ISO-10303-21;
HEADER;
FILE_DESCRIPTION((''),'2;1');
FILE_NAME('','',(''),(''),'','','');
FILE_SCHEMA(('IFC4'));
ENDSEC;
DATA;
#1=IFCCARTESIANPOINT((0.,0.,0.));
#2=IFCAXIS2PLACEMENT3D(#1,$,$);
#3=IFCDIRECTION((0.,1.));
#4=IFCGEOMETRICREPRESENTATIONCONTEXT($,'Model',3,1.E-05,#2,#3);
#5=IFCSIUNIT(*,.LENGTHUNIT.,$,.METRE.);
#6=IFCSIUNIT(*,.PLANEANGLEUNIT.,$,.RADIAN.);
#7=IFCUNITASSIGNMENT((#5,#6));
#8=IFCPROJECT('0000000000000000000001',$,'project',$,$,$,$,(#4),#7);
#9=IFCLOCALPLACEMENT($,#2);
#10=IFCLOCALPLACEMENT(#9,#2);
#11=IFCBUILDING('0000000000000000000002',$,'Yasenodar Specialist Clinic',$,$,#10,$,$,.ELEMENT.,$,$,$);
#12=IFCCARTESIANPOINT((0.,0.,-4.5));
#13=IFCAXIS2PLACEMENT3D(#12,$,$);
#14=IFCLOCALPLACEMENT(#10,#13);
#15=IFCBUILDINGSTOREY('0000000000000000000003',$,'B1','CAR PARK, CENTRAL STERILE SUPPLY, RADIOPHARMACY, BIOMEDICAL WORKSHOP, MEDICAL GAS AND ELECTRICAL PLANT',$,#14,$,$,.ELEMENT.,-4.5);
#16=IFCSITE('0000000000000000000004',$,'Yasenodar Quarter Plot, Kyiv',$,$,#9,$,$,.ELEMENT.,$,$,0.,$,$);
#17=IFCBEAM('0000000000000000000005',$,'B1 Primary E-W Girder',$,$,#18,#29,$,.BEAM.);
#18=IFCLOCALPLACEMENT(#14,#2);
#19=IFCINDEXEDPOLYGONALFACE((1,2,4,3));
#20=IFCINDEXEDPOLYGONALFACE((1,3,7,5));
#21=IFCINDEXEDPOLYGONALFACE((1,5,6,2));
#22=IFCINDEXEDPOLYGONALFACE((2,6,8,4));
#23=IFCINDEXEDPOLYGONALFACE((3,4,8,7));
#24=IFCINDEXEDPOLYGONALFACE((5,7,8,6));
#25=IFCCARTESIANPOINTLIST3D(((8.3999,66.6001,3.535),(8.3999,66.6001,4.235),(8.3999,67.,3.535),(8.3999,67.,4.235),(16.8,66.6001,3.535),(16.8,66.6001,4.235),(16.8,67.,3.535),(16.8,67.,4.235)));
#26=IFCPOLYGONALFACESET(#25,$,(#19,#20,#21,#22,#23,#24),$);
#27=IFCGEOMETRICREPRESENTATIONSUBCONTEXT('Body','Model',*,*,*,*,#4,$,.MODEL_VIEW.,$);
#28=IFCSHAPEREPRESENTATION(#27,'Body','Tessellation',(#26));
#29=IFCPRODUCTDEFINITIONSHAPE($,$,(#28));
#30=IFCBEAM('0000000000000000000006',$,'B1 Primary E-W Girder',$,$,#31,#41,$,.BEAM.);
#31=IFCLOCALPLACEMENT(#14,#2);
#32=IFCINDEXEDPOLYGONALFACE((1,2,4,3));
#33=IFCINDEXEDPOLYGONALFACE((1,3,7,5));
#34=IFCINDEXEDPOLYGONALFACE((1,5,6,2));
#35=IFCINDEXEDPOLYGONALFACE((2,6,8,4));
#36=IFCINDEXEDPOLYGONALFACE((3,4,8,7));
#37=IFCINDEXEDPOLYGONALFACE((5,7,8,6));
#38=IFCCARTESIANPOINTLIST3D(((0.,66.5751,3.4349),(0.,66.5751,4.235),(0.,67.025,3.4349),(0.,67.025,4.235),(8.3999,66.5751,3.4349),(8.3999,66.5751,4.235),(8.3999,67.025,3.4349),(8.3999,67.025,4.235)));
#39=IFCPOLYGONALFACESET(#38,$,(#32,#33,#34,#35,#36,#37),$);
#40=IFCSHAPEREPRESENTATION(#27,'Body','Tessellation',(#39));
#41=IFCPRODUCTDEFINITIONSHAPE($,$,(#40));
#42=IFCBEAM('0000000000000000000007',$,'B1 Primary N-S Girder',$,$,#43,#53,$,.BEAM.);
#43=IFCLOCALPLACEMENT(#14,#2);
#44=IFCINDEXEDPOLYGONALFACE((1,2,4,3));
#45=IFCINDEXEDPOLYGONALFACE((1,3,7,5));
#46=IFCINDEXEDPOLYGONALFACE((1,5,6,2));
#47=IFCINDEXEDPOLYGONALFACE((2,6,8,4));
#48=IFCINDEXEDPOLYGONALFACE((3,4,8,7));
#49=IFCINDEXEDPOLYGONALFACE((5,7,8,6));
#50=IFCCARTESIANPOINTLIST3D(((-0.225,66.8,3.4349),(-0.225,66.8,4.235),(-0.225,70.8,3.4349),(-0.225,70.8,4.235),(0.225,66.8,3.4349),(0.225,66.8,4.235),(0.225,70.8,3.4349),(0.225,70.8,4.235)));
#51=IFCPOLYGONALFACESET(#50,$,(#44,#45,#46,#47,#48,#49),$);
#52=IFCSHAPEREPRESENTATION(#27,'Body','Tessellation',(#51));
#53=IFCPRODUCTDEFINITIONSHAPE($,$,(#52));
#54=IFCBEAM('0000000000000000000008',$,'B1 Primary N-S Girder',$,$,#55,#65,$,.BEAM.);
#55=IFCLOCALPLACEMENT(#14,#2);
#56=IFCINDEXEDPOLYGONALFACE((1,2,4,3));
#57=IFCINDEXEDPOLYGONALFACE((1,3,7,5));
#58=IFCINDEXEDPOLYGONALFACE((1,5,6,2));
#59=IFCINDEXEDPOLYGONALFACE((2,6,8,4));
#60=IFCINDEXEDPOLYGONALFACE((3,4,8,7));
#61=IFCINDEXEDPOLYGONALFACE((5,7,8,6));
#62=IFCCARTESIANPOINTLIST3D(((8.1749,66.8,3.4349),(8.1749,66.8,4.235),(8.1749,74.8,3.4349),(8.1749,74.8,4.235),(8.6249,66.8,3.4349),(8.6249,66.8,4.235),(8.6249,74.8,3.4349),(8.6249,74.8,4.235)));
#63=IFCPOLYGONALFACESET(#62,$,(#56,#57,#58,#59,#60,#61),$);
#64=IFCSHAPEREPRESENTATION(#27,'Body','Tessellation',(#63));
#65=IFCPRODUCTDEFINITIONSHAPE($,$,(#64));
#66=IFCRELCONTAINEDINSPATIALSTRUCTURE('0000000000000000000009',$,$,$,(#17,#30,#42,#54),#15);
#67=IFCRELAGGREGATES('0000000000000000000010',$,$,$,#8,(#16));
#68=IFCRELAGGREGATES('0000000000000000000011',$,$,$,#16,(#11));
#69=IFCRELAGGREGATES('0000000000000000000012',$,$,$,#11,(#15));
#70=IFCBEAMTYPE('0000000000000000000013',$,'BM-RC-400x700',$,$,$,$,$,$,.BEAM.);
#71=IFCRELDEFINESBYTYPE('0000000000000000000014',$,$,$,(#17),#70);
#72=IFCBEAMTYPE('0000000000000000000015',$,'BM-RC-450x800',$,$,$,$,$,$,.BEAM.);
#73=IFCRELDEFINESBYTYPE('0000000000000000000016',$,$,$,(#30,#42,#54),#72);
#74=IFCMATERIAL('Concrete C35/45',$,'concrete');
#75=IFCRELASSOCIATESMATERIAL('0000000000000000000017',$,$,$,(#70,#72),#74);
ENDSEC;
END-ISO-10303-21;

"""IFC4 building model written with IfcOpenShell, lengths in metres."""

from ifc_helpers import new_model, si_unit, direction, frame, origin, origin_2d, place, context, subcontext, project, spatial, rectangle, extrude, material, material_profile, profile_set, type_object, element, save


model = new_model("IFC4")

# Units and contexts
model_context = context("Model", 3, precision=1e-05, world=origin(), true_north=direction((0.0, 1.0)))
body_context = subcontext(model_context, "Body", "Model", "MODEL_VIEW")
ifc_project = project(units=[si_unit("LENGTHUNIT", "METRE"), si_unit("PLANEANGLEUNIT", "RADIAN")], contexts=[model_context])

# Site, building, storey
site_placement = place(None, origin())
site = spatial("IfcSite", under=ifc_project, at=site_placement, Name="Yasenodar Quarter Plot, Kyiv", CompositionType="ELEMENT", RefElevation=0.0)
building_placement = place(site_placement, origin())
building = spatial("IfcBuilding", under=site, at=building_placement, Name="Yasenodar Specialist Clinic", CompositionType="ELEMENT")
storey_placement = place(building_placement, frame((0.0, 0.0, -4.5)))
storey = spatial("IfcBuildingStorey", under=building, at=storey_placement, Name="B1", Description="CAR PARK, CENTRAL STERILE SUPPLY, RADIOPHARMACY, BIOMEDICAL WORKSHOP, MEDICAL GAS AND ELECTRICAL PLANT", CompositionType="ELEMENT", Elevation=-4.5)

# Shared definitions
ifc_material_1 = material(Name="Concrete C35/45", Category="concrete")

# Beams
ifc_material_profile_1 = material_profile(ifc_material_1, rectangle(XDim=0.3999, YDim=0.7, at=origin_2d()), Name="RC 400x700")
ifc_profile_set_1 = profile_set([ifc_material_profile_1], Name="Concrete C35/45")
beam_type_1 = type_object("IfcBeamType", Name="BM-RC-400x700", PredefinedType="BEAM", material=ifc_profile_set_1)
beam_1_placement = place(storey_placement, frame((8.3999, 66.8, 3.885), z_axis=(1.0, 0.0, 0.0), x_axis=(0.0, 1.0, 0.0)))
element("IfcBeam", 1, at=beam_1_placement, inside=storey, type_object=beam_type_1, Name="B1 Primary E-W Girder", PredefinedType="BEAM", context=body_context, shape_type="SweptSolid", body=[
    extrude(rectangle(XDim=0.3999, YDim=0.7, at=origin_2d()), origin(), (0.0, 0.0, 1.0), 8.4001),
])
ifc_material_profile_2 = material_profile(ifc_material_1, rectangle(XDim=0.45, YDim=0.8, at=origin_2d()), Name="RC 450x800")
ifc_profile_set_2 = profile_set([ifc_material_profile_2], Name="Concrete C35/45")
beam_type_2 = type_object("IfcBeamType", Name="BM-RC-450x800", PredefinedType="BEAM", material=ifc_profile_set_2)
beam_2_placement = place(storey_placement, frame((0.0, 66.8, 3.835), z_axis=(1.0, 0.0, 0.0), x_axis=(0.0, 1.0, 0.0)))
element("IfcBeam", 2, at=beam_2_placement, inside=storey, type_object=beam_type_2, Name="B1 Primary E-W Girder", PredefinedType="BEAM", context=body_context, shape_type="SweptSolid", body=[
    extrude(rectangle(XDim=0.45, YDim=0.8, at=origin_2d()), origin(), (0.0, 0.0, 1.0), 8.3999),
])
beam_3_placement = place(storey_placement, frame((0.0, 66.8, 3.835), z_axis=(0.0, 1.0, 0.0), x_axis=(-1.0, 0.0, 0.0)))
element("IfcBeam", 3, at=beam_3_placement, inside=storey, type_object=beam_type_2, Name="B1 Primary N-S Girder", PredefinedType="BEAM", context=body_context, shape_type="SweptSolid", body=[
    extrude(rectangle(XDim=0.45, YDim=0.8, at=origin_2d()), origin(), (0.0, 0.0, 1.0), 4.0),
])
beam_4_placement = place(storey_placement, frame((8.3999, 66.8, 3.835), z_axis=(0.0, 1.0, 0.0), x_axis=(-1.0, 0.0, 0.0)))
element("IfcBeam", 4, at=beam_4_placement, inside=storey, type_object=beam_type_2, Name="B1 Primary N-S Girder", PredefinedType="BEAM", context=body_context, shape_type="SweptSolid", body=[
    extrude(rectangle(XDim=0.45, YDim=0.8, at=origin_2d()), origin(), (0.0, 0.0, 1.0), 8.0),
])

save(model, "model.ifc")
